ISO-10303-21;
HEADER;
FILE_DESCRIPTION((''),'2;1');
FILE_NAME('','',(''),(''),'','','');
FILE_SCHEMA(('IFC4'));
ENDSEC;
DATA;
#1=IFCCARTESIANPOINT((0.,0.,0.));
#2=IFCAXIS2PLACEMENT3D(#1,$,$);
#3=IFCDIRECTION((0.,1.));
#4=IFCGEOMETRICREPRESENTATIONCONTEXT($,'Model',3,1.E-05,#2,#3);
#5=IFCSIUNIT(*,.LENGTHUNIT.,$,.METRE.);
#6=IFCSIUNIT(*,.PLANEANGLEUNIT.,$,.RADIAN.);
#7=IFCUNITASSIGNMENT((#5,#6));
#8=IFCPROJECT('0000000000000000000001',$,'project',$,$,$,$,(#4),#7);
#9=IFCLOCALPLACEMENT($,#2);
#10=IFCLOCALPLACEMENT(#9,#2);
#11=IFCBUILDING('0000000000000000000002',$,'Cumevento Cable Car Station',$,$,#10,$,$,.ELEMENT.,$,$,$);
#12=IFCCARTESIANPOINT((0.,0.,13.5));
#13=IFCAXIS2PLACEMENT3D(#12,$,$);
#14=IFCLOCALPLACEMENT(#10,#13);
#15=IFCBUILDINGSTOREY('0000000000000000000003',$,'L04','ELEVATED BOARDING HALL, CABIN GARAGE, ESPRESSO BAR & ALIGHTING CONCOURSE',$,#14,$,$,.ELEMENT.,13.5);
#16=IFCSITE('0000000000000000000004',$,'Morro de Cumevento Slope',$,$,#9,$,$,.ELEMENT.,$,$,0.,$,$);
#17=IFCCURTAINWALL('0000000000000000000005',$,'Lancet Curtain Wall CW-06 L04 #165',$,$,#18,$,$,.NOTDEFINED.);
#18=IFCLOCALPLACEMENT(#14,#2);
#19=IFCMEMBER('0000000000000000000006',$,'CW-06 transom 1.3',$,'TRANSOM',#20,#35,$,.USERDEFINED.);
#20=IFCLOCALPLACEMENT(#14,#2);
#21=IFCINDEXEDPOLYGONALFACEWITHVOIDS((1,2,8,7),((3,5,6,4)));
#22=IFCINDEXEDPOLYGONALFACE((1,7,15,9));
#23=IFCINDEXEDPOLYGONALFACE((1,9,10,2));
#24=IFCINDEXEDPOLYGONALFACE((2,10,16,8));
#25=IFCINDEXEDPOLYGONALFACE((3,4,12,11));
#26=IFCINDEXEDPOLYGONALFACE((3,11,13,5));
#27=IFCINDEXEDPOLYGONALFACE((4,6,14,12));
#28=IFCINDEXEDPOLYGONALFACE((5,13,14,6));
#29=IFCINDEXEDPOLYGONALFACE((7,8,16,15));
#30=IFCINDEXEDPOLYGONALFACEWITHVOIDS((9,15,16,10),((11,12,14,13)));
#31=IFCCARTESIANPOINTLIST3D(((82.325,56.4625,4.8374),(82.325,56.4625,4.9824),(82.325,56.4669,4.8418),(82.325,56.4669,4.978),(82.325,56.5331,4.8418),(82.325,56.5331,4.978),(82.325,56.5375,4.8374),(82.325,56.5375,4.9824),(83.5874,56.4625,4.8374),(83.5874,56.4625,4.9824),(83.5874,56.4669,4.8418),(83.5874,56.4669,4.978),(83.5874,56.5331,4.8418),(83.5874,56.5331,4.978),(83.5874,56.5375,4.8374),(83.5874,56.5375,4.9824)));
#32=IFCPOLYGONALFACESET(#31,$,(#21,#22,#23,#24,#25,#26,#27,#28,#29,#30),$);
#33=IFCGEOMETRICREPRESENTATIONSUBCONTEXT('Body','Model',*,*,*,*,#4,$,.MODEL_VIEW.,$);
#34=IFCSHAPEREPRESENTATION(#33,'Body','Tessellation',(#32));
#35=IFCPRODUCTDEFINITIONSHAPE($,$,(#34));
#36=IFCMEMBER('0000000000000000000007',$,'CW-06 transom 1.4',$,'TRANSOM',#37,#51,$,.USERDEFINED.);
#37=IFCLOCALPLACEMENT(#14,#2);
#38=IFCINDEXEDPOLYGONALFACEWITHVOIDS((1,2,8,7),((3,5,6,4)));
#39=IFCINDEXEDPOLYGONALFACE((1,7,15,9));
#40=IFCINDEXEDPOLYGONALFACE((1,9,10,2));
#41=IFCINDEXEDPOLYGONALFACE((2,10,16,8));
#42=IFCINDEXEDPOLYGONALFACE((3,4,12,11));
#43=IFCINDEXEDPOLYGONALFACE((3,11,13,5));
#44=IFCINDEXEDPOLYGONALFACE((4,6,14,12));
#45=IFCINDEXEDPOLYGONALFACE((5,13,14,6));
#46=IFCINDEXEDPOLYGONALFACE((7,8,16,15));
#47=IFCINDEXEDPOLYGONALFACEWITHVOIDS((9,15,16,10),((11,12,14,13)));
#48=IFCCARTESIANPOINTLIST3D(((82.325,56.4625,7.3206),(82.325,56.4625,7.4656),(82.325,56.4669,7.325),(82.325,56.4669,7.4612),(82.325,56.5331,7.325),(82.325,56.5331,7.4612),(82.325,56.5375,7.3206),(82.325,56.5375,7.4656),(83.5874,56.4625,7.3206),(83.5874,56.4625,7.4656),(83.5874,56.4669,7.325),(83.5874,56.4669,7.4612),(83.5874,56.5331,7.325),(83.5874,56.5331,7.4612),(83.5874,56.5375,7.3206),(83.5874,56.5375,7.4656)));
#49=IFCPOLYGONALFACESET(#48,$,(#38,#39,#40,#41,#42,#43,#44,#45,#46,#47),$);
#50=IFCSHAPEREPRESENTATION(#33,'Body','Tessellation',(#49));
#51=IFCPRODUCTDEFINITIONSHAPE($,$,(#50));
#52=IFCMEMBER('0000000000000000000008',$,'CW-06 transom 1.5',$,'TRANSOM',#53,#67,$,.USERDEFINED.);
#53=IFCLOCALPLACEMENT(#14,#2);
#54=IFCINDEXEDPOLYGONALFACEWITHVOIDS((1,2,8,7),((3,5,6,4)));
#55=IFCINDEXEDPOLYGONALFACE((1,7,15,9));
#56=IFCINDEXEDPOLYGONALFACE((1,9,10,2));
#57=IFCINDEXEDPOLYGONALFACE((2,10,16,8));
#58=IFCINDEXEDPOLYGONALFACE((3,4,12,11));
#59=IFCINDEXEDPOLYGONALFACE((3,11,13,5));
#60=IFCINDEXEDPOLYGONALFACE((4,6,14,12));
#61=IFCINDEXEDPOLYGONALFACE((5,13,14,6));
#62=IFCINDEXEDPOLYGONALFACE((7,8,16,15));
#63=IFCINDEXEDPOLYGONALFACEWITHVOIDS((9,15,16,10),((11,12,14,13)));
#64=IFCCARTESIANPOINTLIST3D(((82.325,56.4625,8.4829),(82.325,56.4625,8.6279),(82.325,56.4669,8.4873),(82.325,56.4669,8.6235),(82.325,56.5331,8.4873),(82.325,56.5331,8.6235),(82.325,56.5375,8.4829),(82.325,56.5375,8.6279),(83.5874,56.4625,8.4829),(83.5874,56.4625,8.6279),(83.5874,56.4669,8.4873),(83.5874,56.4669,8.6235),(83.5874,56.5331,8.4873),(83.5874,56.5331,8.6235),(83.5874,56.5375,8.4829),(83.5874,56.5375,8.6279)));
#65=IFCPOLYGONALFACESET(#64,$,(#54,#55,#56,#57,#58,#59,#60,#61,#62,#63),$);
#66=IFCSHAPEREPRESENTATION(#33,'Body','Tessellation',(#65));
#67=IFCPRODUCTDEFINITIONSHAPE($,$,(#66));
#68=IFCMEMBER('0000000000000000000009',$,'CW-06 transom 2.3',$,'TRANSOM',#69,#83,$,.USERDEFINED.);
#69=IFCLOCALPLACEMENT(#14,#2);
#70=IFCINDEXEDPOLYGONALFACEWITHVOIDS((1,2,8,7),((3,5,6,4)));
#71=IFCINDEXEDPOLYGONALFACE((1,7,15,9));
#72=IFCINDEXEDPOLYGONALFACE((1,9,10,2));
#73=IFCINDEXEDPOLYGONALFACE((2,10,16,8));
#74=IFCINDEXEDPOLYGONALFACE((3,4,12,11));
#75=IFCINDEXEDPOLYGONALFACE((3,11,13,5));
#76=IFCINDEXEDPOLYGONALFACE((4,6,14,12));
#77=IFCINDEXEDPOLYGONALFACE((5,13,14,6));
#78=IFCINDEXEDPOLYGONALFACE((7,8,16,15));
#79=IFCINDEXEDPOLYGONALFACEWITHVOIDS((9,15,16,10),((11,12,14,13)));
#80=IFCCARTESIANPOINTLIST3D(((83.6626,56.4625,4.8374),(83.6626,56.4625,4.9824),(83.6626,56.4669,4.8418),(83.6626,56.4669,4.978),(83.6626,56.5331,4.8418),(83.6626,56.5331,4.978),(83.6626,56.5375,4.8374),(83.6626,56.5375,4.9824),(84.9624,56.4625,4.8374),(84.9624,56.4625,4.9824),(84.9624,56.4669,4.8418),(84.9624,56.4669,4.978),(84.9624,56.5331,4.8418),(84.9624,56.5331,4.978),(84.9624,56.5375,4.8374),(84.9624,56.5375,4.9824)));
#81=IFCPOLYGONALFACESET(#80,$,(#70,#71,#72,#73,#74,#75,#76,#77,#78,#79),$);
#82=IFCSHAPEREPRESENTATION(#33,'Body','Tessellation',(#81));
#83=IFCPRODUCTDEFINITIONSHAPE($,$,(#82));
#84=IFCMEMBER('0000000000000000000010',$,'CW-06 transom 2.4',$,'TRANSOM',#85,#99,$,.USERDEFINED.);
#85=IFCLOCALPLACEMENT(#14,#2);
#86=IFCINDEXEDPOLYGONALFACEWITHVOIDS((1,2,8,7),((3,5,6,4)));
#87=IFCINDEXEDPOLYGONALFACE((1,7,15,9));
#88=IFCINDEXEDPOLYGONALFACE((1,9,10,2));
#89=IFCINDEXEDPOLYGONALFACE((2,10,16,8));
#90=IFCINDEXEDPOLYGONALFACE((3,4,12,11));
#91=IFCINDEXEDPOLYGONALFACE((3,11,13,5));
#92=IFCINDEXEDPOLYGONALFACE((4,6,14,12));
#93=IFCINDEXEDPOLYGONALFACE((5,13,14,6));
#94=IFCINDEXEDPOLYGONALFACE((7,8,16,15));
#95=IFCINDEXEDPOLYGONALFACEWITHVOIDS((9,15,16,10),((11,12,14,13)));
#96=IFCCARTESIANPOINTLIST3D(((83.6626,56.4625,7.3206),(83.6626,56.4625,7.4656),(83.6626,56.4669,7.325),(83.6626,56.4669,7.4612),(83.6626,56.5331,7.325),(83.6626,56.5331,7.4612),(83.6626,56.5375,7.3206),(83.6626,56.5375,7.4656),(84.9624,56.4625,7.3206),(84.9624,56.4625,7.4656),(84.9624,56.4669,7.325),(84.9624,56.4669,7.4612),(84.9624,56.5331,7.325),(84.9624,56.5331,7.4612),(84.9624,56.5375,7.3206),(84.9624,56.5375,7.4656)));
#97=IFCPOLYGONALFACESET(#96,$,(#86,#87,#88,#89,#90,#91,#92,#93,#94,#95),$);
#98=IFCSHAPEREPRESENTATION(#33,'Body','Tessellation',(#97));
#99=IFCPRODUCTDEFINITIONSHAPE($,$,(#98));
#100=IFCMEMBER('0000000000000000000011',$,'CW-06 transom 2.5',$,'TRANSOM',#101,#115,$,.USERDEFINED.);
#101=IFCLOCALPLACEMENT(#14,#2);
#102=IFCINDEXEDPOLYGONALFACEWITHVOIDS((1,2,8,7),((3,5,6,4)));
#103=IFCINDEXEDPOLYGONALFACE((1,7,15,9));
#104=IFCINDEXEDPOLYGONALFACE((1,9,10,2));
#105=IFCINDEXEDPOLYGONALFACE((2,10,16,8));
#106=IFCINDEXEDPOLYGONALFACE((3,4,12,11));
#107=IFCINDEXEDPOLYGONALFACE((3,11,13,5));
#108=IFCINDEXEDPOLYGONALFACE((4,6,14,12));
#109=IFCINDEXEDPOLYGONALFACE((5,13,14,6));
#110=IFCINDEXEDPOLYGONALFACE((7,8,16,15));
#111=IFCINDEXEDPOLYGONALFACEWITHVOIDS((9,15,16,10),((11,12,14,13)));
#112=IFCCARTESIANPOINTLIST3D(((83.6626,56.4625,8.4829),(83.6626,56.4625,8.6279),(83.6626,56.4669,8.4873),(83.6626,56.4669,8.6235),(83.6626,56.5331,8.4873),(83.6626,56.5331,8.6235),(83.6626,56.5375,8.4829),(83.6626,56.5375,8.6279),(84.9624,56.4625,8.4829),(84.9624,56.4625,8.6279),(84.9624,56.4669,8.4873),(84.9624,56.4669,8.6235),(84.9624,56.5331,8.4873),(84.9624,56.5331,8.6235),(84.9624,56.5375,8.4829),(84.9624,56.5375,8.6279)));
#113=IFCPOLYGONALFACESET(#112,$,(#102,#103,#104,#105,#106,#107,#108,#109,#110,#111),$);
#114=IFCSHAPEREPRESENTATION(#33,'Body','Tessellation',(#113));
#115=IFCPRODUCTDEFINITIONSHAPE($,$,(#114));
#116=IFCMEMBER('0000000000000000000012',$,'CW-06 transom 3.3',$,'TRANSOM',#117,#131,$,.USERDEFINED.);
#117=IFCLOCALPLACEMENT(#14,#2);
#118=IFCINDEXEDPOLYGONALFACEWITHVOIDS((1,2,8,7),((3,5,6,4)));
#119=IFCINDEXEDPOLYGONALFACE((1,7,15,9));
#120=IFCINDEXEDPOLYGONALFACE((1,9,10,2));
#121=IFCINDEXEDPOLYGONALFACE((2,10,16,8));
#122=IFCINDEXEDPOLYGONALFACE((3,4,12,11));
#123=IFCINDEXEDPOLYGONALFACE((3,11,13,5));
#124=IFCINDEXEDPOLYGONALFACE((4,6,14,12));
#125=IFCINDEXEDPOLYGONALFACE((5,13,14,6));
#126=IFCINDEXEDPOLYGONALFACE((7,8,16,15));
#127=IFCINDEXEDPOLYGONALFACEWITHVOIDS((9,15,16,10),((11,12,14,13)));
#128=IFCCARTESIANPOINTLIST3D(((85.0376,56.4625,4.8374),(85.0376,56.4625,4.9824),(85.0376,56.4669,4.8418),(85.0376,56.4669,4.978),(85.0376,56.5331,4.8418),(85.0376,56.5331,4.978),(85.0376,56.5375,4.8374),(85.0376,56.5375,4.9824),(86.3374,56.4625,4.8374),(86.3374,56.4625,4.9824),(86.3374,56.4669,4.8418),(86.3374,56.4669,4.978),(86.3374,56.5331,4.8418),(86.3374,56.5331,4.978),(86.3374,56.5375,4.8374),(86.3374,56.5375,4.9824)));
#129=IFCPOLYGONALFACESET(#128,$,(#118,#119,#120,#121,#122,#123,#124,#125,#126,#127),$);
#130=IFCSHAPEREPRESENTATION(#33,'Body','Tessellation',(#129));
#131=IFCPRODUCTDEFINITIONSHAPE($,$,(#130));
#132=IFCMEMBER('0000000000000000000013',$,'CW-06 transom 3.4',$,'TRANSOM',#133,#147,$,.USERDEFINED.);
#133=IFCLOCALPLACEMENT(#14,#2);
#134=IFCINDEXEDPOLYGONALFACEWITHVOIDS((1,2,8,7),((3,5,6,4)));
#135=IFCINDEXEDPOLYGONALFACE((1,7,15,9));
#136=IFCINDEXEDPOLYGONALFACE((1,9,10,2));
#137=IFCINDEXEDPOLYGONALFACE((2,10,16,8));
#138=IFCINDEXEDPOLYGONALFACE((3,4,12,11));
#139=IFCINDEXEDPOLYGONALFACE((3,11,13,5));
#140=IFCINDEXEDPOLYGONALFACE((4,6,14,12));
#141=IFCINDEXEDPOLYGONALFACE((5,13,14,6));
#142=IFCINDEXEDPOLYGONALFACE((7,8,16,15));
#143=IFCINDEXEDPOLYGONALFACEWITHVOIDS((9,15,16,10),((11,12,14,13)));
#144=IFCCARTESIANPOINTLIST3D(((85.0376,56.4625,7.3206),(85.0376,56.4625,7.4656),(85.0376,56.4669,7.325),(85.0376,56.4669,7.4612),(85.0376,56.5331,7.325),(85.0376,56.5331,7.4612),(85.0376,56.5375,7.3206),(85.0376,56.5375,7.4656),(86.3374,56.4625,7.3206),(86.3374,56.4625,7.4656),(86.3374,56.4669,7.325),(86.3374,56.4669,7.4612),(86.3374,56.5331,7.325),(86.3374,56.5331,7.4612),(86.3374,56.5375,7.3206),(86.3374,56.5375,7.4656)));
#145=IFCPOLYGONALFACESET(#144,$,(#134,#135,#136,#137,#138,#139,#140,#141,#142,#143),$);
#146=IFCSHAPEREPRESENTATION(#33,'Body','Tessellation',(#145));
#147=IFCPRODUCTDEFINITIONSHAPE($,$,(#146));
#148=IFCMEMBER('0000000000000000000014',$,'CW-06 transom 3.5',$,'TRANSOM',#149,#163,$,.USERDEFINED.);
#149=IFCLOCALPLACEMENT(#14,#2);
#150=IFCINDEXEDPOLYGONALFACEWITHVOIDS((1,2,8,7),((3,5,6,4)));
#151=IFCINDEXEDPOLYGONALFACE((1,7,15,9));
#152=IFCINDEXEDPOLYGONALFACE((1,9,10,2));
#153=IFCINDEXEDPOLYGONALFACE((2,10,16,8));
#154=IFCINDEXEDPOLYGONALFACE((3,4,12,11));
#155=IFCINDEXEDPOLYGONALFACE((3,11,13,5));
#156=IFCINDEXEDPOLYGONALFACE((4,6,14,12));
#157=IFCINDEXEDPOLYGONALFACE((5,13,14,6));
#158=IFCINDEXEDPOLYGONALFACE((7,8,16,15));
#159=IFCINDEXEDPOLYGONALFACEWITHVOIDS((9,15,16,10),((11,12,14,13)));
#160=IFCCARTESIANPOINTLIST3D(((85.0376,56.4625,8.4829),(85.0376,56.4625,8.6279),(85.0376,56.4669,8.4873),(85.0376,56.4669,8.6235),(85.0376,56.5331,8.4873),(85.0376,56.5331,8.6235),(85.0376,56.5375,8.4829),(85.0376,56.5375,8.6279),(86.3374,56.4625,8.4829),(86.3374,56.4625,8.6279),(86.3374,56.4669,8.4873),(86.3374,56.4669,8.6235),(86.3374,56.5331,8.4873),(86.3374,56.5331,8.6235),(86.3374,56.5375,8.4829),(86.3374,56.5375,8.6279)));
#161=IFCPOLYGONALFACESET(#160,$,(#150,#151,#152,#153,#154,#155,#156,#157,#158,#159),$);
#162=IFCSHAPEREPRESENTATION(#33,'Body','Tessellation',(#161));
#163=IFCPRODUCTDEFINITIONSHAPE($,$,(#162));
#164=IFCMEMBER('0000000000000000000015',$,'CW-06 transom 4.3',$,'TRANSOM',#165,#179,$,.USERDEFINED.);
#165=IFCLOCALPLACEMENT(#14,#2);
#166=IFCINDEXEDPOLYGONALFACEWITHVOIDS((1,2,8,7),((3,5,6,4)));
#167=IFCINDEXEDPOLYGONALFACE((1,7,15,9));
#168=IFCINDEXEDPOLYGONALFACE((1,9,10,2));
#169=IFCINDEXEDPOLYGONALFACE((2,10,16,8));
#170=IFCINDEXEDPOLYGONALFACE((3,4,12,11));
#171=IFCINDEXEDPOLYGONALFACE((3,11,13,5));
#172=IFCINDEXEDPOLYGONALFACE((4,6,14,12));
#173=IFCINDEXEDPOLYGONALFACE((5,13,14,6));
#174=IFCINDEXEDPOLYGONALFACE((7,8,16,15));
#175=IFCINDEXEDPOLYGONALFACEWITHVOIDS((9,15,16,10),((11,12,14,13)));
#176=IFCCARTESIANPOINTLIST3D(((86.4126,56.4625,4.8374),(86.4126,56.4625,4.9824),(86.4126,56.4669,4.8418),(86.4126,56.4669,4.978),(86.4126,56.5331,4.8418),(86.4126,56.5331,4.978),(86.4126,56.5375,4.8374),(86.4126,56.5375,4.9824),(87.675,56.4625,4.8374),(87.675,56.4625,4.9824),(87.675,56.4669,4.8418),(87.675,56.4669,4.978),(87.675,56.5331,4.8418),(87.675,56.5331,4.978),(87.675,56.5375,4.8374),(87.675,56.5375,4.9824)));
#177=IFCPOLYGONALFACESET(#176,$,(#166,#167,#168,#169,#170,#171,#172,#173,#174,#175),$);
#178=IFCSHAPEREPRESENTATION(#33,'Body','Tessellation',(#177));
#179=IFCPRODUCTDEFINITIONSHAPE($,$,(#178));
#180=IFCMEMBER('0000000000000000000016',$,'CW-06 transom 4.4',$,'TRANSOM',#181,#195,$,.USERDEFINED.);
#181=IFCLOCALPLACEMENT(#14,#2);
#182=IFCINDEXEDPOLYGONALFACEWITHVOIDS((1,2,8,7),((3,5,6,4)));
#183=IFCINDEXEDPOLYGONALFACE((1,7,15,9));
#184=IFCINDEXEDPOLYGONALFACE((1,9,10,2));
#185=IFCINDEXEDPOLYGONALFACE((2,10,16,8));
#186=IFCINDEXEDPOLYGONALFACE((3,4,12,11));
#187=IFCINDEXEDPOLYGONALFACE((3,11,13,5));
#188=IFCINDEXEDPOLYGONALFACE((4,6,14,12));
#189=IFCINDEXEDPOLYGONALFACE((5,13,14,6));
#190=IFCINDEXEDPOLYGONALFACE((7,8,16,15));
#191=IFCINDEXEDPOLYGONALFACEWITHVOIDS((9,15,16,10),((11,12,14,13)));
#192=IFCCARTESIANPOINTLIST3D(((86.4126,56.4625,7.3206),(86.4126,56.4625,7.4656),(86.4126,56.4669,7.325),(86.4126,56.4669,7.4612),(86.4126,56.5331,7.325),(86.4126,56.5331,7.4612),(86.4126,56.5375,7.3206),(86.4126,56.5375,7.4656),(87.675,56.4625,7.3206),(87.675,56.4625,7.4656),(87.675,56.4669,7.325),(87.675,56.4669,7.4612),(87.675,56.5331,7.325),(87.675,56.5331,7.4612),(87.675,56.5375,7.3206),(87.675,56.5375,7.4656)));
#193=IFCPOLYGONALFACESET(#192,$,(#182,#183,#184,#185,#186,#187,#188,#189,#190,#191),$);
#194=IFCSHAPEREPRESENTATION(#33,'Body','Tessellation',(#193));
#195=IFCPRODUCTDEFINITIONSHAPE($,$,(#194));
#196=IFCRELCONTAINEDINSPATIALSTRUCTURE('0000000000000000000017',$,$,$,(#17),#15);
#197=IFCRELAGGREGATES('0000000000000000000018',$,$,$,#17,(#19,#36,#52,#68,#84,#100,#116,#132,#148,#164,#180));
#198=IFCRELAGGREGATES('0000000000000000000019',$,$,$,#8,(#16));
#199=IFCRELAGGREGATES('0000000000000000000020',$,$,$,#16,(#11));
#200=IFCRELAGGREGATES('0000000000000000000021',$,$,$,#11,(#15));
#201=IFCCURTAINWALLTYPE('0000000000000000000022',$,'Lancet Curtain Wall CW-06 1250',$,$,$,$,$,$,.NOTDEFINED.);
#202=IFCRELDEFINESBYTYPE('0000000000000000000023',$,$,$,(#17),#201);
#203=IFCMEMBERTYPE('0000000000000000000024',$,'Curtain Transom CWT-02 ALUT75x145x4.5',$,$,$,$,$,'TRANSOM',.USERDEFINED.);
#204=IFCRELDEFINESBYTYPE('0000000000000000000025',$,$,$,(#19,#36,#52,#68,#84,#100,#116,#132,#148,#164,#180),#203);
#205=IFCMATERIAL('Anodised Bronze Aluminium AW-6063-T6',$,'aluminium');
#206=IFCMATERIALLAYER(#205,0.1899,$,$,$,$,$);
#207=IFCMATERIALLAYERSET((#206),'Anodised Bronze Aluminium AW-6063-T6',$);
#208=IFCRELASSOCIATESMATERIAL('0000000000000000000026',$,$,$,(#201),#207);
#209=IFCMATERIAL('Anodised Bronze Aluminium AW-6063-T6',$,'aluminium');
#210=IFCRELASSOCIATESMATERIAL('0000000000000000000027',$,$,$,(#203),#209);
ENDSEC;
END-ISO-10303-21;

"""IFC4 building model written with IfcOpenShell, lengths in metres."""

from ifc_helpers import new_model, si_unit, direction, frame, origin, origin_2d, place, context, subcontext, project, spatial, hollow_rectangle, extrude, material, layer, layer_set, material_profile, profile_set, type_object, element, aggregate, save


model = new_model("IFC4")

# Units and contexts
model_context = context("Model", 3, precision=1e-05, world=origin(), true_north=direction((0.0, 1.0)))
body_context = subcontext(model_context, "Body", "Model", "MODEL_VIEW")
ifc_project = project(units=[si_unit("LENGTHUNIT", "METRE"), si_unit("PLANEANGLEUNIT", "RADIAN")], contexts=[model_context])

# Site, building, storey
site_placement = place(None, origin())
site = spatial("IfcSite", under=ifc_project, at=site_placement, Name="Morro de Cumevento Slope", CompositionType="ELEMENT", RefElevation=0.0)
building_placement = place(site_placement, origin())
building = spatial("IfcBuilding", under=site, at=building_placement, Name="Cumevento Cable Car Station", CompositionType="ELEMENT")
storey_placement = place(building_placement, frame((0.0, 0.0, 13.5)))
storey = spatial("IfcBuildingStorey", under=building, at=storey_placement, Name="L04", Description="ELEVATED BOARDING HALL, CABIN GARAGE, ESPRESSO BAR & ALIGHTING CONCOURSE", CompositionType="ELEMENT", Elevation=13.5)

# Curtain wall, members
ifc_material_1 = material(Name="Anodised Bronze Aluminium AW-6063-T6", Category="aluminium")
ifc_layer_1 = layer(ifc_material_1, 0.1899)
ifc_layer_set_1 = layer_set([ifc_layer_1], Name="Anodised Bronze Aluminium AW-6063-T6")
curtain_wall_type = type_object("IfcCurtainWallType", Name="Lancet Curtain Wall CW-06 1250", PredefinedType="NOTDEFINED", material=ifc_layer_set_1)
curtain_wall_placement = place(storey_placement, origin())
curtain_wall = element("IfcCurtainWall", 1, at=curtain_wall_placement, inside=storey, type_object=curtain_wall_type, Name="Lancet Curtain Wall CW-06 L04 #165", PredefinedType="NOTDEFINED")
ifc_material_2 = material(Name="Anodised Bronze Aluminium AW-6063-T6", Category="aluminium")
ifc_material_profile = material_profile(ifc_material_2, hollow_rectangle(XDim=0.075, YDim=0.145, WallThickness=0.0044, at=origin_2d()), Name="ALUT75x145x4.5")
ifc_profile_set = profile_set([ifc_material_profile], Name="Anodised Bronze Aluminium AW-6063-T6")
member_type = type_object("IfcMemberType", Name="Curtain Transom CWT-02 ALUT75x145x4.5", ElementType="TRANSOM", PredefinedType="USERDEFINED", material=ifc_profile_set)
member_1_placement = place(storey_placement, frame((82.325, 56.5, 4.9099), z_axis=(1.0, 0.0, 0.0), x_axis=(0.0, 1.0, 0.0)))
member_1 = element("IfcMember", 2, at=member_1_placement, type_object=member_type, Name="CW-06 transom 1.3", ObjectType="TRANSOM", PredefinedType="USERDEFINED", context=body_context, shape_type="SweptSolid", body=[
    extrude(hollow_rectangle(XDim=0.075, YDim=0.145, WallThickness=0.0044, at=origin_2d()), origin(), (0.0, 0.0, 1.0), 1.2625),
])
member_2_placement = place(storey_placement, frame((82.325, 56.5, 7.3931), z_axis=(1.0, 0.0, 0.0), x_axis=(0.0, 1.0, 0.0)))
member_2 = element("IfcMember", 3, at=member_2_placement, type_object=member_type, Name="CW-06 transom 1.4", ObjectType="TRANSOM", PredefinedType="USERDEFINED", context=body_context, shape_type="SweptSolid", body=[
    extrude(hollow_rectangle(XDim=0.075, YDim=0.145, WallThickness=0.0044, at=origin_2d()), origin(), (0.0, 0.0, 1.0), 1.2625),
])
member_3_placement = place(storey_placement, frame((82.325, 56.5, 8.5554), z_axis=(1.0, 0.0, 0.0), x_axis=(0.0, 1.0, 0.0)))
member_3 = element("IfcMember", 4, at=member_3_placement, type_object=member_type, Name="CW-06 transom 1.5", ObjectType="TRANSOM", PredefinedType="USERDEFINED", context=body_context, shape_type="SweptSolid", body=[
    extrude(hollow_rectangle(XDim=0.075, YDim=0.145, WallThickness=0.0044, at=origin_2d()), origin(), (0.0, 0.0, 1.0), 1.2625),
])
member_4_placement = place(storey_placement, frame((83.6626, 56.5, 4.9099), z_axis=(1.0, 0.0, 0.0), x_axis=(0.0, 1.0, 0.0)))
member_4 = element("IfcMember", 5, at=member_4_placement, type_object=member_type, Name="CW-06 transom 2.3", ObjectType="TRANSOM", PredefinedType="USERDEFINED", context=body_context, shape_type="SweptSolid", body=[
    extrude(hollow_rectangle(XDim=0.075, YDim=0.145, WallThickness=0.0044, at=origin_2d()), origin(), (0.0, 0.0, 1.0), 1.2998),
])
member_5_placement = place(storey_placement, frame((83.6626, 56.5, 7.3931), z_axis=(1.0, 0.0, 0.0), x_axis=(0.0, 1.0, 0.0)))
member_5 = element("IfcMember", 6, at=member_5_placement, type_object=member_type, Name="CW-06 transom 2.4", ObjectType="TRANSOM", PredefinedType="USERDEFINED", context=body_context, shape_type="SweptSolid", body=[
    extrude(hollow_rectangle(XDim=0.075, YDim=0.145, WallThickness=0.0044, at=origin_2d()), origin(), (0.0, 0.0, 1.0), 1.2998),
])
member_6_placement = place(storey_placement, frame((83.6626, 56.5, 8.5554), z_axis=(1.0, 0.0, 0.0), x_axis=(0.0, 1.0, 0.0)))
member_6 = element("IfcMember", 7, at=member_6_placement, type_object=member_type, Name="CW-06 transom 2.5", ObjectType="TRANSOM", PredefinedType="USERDEFINED", context=body_context, shape_type="SweptSolid", body=[
    extrude(hollow_rectangle(XDim=0.075, YDim=0.145, WallThickness=0.0044, at=origin_2d()), origin(), (0.0, 0.0, 1.0), 1.2998),
])
member_7_placement = place(storey_placement, frame((85.0376, 56.5, 4.9099), z_axis=(1.0, 0.0, 0.0), x_axis=(0.0, 1.0, 0.0)))
member_7 = element("IfcMember", 8, at=member_7_placement, type_object=member_type, Name="CW-06 transom 3.3", ObjectType="TRANSOM", PredefinedType="USERDEFINED", context=body_context, shape_type="SweptSolid", body=[
    extrude(hollow_rectangle(XDim=0.075, YDim=0.145, WallThickness=0.0044, at=origin_2d()), origin(), (0.0, 0.0, 1.0), 1.2998),
])
member_8_placement = place(storey_placement, frame((85.0376, 56.5, 7.3931), z_axis=(1.0, 0.0, 0.0), x_axis=(0.0, 1.0, 0.0)))
member_8 = element("IfcMember", 9, at=member_8_placement, type_object=member_type, Name="CW-06 transom 3.4", ObjectType="TRANSOM", PredefinedType="USERDEFINED", context=body_context, shape_type="SweptSolid", body=[
    extrude(hollow_rectangle(XDim=0.075, YDim=0.145, WallThickness=0.0044, at=origin_2d()), origin(), (0.0, 0.0, 1.0), 1.2998),
])
member_9_placement = place(storey_placement, frame((85.0376, 56.5, 8.5554), z_axis=(1.0, 0.0, 0.0), x_axis=(0.0, 1.0, 0.0)))
member_9 = element("IfcMember", 10, at=member_9_placement, type_object=member_type, Name="CW-06 transom 3.5", ObjectType="TRANSOM", PredefinedType="USERDEFINED", context=body_context, shape_type="SweptSolid", body=[
    extrude(hollow_rectangle(XDim=0.075, YDim=0.145, WallThickness=0.0044, at=origin_2d()), origin(), (0.0, 0.0, 1.0), 1.2998),
])
member_10_placement = place(storey_placement, frame((86.4126, 56.5, 4.9099), z_axis=(1.0, 0.0, 0.0), x_axis=(0.0, 1.0, 0.0)))
member_10 = element("IfcMember", 11, at=member_10_placement, type_object=member_type, Name="CW-06 transom 4.3", ObjectType="TRANSOM", PredefinedType="USERDEFINED", context=body_context, shape_type="SweptSolid", body=[
    extrude(hollow_rectangle(XDim=0.075, YDim=0.145, WallThickness=0.0044, at=origin_2d()), origin(), (0.0, 0.0, 1.0), 1.2625),
])
member_11_placement = place(storey_placement, frame((86.4126, 56.5, 7.3931), z_axis=(1.0, 0.0, 0.0), x_axis=(0.0, 1.0, 0.0)))
member_11 = element("IfcMember", 12, at=member_11_placement, type_object=member_type, Name="CW-06 transom 4.4", ObjectType="TRANSOM", PredefinedType="USERDEFINED", context=body_context, shape_type="SweptSolid", body=[
    extrude(hollow_rectangle(XDim=0.075, YDim=0.145, WallThickness=0.0044, at=origin_2d()), origin(), (0.0, 0.0, 1.0), 1.2625),
])
aggregate(curtain_wall, [member_1, member_2, member_3, member_4, member_5, member_6, member_7, member_8, member_9, member_10, member_11])

save(model, "model.ifc")
